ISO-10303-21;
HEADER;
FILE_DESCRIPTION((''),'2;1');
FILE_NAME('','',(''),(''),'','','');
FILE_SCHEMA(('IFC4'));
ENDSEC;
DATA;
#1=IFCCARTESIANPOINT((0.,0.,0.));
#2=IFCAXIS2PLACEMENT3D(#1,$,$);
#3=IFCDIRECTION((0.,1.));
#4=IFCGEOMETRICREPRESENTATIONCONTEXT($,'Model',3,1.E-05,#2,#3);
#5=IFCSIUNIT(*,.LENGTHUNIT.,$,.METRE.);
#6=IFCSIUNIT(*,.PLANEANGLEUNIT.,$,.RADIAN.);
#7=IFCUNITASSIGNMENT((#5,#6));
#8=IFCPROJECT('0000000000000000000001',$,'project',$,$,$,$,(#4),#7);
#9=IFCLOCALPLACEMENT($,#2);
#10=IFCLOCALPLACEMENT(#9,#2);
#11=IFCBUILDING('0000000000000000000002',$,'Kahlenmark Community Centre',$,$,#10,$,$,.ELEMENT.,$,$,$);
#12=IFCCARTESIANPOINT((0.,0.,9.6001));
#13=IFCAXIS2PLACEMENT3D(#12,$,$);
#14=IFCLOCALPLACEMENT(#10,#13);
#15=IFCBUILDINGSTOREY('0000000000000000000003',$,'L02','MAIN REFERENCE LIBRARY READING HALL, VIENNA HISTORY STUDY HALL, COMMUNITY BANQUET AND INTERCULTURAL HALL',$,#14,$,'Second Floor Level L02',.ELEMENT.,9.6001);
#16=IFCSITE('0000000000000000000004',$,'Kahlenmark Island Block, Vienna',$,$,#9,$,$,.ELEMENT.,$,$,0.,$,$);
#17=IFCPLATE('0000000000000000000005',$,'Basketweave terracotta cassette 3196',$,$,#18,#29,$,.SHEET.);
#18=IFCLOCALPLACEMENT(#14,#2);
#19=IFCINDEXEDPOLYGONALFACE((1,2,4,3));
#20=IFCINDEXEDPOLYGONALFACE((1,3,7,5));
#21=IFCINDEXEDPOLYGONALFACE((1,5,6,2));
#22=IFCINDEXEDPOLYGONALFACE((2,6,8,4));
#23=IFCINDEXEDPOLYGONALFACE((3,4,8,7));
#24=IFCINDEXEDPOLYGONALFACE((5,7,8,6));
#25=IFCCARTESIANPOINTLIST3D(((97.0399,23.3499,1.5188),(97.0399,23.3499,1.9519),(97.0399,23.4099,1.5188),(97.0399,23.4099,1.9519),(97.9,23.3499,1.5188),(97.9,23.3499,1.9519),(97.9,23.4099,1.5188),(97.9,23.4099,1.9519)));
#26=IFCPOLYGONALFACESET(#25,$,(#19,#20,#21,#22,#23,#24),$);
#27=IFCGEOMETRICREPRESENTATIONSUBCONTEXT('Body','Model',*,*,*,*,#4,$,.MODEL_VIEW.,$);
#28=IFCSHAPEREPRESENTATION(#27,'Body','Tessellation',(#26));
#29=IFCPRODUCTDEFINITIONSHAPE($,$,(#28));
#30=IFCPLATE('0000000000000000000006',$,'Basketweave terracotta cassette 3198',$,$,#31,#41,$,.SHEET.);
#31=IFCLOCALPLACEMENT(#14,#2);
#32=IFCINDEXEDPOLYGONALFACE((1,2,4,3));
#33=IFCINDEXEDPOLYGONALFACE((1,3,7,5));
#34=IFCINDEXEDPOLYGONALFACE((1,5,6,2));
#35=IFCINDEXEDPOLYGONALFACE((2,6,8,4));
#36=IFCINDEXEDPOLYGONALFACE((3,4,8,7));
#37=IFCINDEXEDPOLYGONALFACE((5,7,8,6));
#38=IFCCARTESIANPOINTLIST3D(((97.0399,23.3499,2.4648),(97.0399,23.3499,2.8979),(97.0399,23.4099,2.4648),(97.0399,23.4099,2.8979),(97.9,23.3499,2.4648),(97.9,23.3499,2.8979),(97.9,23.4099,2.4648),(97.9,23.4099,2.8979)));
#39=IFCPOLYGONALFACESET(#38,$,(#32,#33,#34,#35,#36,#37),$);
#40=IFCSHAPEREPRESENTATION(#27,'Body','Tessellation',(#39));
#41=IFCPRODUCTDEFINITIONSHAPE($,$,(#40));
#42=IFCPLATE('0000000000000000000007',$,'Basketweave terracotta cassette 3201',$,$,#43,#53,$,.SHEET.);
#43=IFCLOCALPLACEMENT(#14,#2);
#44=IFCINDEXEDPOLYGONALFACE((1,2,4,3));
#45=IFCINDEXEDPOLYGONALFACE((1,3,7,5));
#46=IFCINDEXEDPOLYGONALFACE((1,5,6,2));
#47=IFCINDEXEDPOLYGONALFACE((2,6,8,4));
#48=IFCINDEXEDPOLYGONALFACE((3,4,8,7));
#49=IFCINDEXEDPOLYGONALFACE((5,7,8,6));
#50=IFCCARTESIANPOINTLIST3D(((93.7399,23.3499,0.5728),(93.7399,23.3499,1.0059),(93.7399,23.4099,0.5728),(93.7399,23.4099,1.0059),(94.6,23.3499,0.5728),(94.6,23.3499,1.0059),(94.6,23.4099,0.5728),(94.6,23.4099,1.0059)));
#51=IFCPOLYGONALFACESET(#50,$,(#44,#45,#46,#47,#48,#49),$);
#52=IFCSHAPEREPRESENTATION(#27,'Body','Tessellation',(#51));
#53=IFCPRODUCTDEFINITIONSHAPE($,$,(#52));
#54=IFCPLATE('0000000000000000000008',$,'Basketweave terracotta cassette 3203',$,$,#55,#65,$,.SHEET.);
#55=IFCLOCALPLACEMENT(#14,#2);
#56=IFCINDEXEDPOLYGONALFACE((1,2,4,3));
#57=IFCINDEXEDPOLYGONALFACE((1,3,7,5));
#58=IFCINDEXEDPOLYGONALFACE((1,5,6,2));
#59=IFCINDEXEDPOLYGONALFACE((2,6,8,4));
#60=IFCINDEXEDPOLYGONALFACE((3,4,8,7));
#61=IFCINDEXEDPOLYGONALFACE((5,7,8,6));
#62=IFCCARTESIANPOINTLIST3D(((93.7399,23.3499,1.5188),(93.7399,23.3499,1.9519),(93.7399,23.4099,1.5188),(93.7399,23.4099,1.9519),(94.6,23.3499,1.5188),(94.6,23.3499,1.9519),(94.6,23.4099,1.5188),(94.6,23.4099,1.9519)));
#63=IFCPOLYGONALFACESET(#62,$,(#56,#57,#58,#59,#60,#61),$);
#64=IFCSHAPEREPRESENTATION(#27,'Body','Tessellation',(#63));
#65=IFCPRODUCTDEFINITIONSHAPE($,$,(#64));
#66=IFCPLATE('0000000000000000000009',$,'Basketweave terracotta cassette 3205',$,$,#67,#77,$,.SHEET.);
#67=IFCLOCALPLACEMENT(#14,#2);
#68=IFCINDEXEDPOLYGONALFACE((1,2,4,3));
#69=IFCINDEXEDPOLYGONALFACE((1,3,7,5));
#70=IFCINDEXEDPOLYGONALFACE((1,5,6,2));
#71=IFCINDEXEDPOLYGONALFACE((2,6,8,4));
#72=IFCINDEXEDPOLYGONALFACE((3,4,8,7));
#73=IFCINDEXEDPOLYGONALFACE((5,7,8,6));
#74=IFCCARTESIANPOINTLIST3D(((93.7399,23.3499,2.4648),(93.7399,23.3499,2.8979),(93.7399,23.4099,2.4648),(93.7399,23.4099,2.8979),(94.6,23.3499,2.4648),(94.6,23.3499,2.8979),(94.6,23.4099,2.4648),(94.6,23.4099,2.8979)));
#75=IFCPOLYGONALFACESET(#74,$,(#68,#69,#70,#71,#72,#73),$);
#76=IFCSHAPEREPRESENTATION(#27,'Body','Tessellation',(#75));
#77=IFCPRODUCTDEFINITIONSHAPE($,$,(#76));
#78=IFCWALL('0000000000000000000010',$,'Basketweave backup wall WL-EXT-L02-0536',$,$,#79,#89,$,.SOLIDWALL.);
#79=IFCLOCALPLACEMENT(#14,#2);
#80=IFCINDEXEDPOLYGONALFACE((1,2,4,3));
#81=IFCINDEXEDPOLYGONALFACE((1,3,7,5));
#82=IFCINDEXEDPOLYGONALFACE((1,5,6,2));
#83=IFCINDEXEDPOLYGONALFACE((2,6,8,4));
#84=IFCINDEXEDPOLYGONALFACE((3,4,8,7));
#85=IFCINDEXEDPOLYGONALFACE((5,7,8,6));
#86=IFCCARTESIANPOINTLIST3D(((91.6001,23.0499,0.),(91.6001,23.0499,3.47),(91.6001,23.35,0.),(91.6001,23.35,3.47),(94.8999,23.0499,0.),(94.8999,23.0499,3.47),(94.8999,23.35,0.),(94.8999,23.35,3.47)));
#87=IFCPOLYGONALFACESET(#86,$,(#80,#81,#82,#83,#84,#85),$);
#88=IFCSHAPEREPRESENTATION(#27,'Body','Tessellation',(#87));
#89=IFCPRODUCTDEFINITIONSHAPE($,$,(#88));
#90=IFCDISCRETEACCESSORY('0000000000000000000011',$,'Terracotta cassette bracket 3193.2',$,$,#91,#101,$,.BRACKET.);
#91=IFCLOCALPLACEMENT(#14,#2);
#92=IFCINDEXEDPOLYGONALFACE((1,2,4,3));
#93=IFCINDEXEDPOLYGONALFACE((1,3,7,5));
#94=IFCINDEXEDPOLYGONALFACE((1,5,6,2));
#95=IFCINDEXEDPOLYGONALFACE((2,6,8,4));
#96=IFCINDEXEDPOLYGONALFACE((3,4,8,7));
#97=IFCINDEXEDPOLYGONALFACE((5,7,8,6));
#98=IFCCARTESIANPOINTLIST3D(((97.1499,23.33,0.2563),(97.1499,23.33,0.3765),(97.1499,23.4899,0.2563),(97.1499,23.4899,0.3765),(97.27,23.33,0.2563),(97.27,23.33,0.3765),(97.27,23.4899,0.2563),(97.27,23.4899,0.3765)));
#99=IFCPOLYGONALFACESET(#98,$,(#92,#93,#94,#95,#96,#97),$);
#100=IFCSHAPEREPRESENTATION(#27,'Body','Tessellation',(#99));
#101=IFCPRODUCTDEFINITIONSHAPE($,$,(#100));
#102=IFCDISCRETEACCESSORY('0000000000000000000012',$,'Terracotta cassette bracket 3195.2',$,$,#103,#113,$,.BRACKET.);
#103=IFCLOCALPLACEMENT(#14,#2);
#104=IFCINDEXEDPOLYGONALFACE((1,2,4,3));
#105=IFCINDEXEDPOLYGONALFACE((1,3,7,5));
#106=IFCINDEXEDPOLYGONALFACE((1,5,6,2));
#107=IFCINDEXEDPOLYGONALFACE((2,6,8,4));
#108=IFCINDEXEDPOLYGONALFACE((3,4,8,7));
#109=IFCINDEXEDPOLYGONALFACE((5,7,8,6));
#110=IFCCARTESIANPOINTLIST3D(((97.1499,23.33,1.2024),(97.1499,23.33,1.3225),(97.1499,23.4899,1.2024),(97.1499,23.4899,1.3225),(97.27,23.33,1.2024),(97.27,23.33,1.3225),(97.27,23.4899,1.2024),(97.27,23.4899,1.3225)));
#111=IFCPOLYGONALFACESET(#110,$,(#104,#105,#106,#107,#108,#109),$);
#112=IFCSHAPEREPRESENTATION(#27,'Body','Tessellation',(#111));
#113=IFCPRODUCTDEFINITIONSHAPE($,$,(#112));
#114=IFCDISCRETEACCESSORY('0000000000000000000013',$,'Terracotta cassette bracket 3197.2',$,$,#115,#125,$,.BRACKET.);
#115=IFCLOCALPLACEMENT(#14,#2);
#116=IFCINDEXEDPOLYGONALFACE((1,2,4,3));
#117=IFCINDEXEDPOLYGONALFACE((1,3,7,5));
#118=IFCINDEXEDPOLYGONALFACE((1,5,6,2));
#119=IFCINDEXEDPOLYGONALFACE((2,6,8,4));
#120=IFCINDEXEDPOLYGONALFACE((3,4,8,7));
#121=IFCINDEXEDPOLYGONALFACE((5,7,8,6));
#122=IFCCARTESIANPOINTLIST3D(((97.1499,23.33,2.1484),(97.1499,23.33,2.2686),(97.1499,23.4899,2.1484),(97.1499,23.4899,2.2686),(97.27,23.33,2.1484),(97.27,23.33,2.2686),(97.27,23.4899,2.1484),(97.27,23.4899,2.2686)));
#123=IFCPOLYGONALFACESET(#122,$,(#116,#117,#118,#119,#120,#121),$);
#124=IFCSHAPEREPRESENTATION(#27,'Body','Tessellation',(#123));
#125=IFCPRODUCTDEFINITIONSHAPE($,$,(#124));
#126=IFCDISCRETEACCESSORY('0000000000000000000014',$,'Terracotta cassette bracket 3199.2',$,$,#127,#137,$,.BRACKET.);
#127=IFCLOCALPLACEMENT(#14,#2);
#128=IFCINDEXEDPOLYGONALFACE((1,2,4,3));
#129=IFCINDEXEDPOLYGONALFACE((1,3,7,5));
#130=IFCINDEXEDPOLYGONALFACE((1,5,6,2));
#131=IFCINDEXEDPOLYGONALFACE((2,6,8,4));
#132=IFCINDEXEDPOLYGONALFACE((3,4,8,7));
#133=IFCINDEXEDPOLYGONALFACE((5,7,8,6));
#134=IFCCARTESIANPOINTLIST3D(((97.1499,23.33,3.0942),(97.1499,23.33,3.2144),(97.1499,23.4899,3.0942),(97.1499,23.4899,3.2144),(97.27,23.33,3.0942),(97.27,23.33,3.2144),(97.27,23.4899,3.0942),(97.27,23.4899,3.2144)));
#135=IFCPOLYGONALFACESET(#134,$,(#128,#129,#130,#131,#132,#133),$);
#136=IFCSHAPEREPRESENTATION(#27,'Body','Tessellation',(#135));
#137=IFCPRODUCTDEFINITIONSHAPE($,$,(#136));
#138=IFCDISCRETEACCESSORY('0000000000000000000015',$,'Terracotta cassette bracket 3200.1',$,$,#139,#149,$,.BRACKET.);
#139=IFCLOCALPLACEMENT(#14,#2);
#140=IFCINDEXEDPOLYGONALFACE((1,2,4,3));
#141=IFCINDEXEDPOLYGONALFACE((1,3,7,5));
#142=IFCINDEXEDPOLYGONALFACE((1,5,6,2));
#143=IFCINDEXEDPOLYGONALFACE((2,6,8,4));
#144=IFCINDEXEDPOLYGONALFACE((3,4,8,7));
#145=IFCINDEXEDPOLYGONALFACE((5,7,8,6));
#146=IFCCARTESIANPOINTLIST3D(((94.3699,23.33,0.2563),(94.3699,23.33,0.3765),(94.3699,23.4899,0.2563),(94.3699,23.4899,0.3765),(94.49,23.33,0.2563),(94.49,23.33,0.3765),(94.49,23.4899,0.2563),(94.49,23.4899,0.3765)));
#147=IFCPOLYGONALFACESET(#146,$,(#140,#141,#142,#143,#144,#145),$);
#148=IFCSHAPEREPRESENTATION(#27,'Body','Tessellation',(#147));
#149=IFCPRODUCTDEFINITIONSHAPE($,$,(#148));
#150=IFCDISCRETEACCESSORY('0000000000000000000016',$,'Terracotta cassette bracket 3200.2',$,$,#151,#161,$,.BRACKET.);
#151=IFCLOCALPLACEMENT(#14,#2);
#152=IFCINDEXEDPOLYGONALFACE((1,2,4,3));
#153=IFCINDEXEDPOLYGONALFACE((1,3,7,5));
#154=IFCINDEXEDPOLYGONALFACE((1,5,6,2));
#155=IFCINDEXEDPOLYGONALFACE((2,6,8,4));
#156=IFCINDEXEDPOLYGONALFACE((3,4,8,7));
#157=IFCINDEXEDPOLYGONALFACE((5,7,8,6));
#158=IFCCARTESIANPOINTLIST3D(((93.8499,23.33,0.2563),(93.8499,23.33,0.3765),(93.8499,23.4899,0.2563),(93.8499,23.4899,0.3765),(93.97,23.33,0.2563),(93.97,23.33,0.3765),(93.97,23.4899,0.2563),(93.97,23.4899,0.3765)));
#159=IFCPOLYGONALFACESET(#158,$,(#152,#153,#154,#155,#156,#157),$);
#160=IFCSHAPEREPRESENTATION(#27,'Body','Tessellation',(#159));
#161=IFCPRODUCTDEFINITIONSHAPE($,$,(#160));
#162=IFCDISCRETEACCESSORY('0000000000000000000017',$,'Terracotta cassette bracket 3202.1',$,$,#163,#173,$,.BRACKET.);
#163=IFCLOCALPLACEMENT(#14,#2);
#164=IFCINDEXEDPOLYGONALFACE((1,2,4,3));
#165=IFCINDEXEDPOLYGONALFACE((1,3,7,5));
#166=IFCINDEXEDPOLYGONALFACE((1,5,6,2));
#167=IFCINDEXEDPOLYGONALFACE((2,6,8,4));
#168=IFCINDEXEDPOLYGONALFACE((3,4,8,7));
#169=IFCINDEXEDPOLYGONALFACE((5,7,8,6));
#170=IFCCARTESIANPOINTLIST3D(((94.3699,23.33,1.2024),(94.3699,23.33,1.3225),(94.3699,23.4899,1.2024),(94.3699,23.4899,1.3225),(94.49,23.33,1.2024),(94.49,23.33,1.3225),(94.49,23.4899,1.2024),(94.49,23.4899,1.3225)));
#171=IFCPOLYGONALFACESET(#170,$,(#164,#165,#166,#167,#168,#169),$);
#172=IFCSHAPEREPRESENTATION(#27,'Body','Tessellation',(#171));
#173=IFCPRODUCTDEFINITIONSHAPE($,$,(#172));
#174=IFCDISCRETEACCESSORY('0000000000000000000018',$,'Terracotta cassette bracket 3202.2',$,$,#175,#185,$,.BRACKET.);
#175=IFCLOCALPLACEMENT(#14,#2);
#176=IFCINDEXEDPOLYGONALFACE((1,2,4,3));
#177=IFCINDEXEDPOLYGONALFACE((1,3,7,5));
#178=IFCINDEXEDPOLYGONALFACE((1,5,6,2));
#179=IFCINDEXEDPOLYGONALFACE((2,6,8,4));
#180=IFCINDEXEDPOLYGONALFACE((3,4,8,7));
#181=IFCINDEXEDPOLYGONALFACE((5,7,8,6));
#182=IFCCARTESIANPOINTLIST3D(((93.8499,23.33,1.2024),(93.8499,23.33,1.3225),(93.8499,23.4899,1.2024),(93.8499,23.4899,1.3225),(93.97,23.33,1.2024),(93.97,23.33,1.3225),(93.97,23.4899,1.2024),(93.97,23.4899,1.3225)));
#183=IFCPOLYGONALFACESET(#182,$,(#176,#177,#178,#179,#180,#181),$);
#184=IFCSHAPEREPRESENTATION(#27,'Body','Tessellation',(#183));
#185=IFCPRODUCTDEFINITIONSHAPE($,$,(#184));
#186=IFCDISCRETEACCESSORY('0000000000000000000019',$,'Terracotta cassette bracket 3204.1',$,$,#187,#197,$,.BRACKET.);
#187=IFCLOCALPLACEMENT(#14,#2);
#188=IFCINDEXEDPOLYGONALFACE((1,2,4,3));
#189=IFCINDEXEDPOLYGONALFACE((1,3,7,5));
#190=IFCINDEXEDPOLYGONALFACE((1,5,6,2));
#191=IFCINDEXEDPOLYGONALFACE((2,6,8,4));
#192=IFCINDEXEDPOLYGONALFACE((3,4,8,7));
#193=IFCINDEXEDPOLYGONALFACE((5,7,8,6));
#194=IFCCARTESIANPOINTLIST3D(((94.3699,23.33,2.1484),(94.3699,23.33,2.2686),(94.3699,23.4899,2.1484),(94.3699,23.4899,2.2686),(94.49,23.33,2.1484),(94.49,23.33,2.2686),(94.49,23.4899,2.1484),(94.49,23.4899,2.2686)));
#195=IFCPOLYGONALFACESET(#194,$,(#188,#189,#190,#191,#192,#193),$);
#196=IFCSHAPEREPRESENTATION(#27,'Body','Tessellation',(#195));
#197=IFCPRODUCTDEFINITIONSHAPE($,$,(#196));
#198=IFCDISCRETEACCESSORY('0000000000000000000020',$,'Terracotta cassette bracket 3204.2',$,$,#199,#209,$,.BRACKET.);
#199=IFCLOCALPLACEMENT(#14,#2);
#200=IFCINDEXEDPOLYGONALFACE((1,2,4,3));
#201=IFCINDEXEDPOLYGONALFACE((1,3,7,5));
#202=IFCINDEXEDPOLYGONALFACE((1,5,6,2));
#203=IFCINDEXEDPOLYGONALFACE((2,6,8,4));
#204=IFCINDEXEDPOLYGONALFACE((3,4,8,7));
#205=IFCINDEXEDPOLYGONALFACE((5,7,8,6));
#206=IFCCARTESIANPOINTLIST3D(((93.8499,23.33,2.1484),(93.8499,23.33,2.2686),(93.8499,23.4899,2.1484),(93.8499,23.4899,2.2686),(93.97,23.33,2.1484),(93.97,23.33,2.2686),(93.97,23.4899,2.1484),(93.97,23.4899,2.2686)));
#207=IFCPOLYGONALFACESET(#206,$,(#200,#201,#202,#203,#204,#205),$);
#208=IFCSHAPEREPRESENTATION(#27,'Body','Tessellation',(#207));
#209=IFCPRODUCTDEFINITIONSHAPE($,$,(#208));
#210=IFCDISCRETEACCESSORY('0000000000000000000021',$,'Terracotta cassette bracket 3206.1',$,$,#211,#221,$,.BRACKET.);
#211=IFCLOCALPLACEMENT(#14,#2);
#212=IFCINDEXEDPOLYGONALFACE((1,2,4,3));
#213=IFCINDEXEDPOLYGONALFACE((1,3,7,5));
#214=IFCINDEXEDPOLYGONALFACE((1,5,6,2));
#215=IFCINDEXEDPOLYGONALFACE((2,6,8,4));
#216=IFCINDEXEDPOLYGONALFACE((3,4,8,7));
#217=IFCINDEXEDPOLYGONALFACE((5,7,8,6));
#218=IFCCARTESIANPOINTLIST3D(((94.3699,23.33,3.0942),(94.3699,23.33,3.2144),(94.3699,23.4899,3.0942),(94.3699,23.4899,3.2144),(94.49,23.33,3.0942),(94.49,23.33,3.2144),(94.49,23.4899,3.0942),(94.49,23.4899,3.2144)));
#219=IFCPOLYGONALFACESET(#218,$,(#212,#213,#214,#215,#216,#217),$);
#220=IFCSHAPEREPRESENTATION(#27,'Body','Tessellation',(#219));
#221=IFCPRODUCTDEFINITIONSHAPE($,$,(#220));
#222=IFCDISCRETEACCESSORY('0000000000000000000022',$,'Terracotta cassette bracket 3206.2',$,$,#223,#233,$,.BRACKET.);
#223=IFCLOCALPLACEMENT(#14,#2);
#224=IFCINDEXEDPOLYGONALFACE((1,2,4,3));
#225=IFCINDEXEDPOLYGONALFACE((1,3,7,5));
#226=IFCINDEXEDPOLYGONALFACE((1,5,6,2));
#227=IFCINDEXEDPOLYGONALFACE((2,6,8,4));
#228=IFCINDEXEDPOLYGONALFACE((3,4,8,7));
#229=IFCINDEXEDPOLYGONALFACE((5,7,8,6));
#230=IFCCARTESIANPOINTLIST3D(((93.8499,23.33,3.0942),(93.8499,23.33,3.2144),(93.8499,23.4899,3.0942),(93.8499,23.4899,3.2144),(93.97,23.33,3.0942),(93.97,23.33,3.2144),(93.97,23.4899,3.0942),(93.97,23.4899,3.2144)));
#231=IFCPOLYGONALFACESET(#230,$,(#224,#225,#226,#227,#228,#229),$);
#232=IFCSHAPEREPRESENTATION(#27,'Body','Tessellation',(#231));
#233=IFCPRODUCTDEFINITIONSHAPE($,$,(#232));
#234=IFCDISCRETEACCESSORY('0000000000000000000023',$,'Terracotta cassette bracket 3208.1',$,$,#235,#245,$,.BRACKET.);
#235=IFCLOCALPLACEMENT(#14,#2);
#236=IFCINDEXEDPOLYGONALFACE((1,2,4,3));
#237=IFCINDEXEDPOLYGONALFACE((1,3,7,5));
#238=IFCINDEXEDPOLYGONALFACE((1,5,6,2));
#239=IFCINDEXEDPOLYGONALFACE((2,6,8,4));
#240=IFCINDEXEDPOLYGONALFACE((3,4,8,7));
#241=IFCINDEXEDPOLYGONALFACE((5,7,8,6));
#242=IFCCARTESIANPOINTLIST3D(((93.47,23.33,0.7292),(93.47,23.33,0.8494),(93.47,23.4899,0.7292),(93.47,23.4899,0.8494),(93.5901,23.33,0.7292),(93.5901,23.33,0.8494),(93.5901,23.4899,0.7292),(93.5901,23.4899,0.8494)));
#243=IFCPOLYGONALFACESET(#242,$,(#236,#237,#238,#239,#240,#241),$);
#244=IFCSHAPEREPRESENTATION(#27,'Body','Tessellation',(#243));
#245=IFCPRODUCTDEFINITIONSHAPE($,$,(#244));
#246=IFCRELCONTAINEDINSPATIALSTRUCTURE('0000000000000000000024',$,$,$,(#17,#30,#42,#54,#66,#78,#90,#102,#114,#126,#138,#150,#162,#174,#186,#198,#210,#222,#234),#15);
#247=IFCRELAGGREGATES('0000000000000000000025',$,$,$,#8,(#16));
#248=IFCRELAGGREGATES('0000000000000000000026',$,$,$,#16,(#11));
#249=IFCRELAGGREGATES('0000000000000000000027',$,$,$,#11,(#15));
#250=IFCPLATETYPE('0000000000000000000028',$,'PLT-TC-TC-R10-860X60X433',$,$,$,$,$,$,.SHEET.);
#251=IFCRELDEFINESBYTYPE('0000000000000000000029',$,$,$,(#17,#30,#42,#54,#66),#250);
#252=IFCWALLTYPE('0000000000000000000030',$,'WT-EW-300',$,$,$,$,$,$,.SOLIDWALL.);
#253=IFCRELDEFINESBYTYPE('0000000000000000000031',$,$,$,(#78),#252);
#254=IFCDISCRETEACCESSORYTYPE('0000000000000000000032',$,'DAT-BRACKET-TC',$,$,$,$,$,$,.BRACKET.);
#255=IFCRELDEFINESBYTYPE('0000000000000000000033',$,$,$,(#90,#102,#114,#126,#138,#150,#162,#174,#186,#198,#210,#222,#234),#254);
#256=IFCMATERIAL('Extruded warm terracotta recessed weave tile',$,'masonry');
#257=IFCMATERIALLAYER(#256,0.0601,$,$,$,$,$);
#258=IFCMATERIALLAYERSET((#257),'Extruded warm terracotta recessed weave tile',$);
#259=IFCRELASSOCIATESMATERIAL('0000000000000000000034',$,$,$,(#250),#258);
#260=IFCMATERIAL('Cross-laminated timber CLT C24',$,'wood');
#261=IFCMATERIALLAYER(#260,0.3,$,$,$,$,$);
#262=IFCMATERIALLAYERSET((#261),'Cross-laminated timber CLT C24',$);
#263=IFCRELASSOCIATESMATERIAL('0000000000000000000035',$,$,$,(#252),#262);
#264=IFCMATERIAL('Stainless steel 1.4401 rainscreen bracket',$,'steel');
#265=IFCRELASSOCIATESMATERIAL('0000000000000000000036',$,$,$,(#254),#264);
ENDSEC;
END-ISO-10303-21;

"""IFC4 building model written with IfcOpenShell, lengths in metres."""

from ifc_helpers import new_model, si_unit, direction, frame, frame_2d, origin, origin_2d, place, context, subcontext, project, spatial, rectangle, extrude, material, layer, layer_set, type_object, element, save


model = new_model("IFC4")

# Units and contexts
model_context = context("Model", 3, precision=1e-05, world=origin(), true_north=direction((0.0, 1.0)))
body_context = subcontext(model_context, "Body", "Model", "MODEL_VIEW")
ifc_project = project(units=[si_unit("LENGTHUNIT", "METRE"), si_unit("PLANEANGLEUNIT", "RADIAN")], contexts=[model_context])

# Site, building, storey
site_placement = place(None, origin())
site = spatial("IfcSite", under=ifc_project, at=site_placement, Name="Kahlenmark Island Block, Vienna", CompositionType="ELEMENT", RefElevation=0.0)
building_placement = place(site_placement, origin())
building = spatial("IfcBuilding", under=site, at=building_placement, Name="Kahlenmark Community Centre", CompositionType="ELEMENT")
storey_placement = place(building_placement, frame((0.0, 0.0, 9.6001)))
storey = spatial("IfcBuildingStorey", under=building, at=storey_placement, Name="L02", Description="MAIN REFERENCE LIBRARY READING HALL, VIENNA HISTORY STUDY HALL, COMMUNITY BANQUET AND INTERCULTURAL HALL", LongName="Second Floor Level L02", CompositionType="ELEMENT", Elevation=9.6001)

# Plates
ifc_material_1 = material(Name="Extruded warm terracotta recessed weave tile", Category="masonry")
ifc_layer_1 = layer(ifc_material_1, 0.0601)
ifc_layer_set_1 = layer_set([ifc_layer_1], Name="Extruded warm terracotta recessed weave tile")
plate_type_1 = type_object("IfcPlateType", Name="PLT-TC-TC-R10-860X60X433", PredefinedType="SHEET", material=ifc_layer_set_1)
for number, where, z_axis, x_axis, name in (
    (1, (97.47, 23.3799, 1.5188), (0.0, 0.0, 1.0), (-1.0, 0.0, 0.0), "Basketweave terracotta cassette 3196"),
    (2, (97.47, 23.3799, 2.4648), (0.0, 0.0, 1.0), (-1.0, 0.0, 0.0), "Basketweave terracotta cassette 3198"),
    (3, (94.1699, 23.3799, 0.5728), (0.0, 0.0, 1.0), (-1.0, 0.0, 0.0), "Basketweave terracotta cassette 3201"),
    (4, (94.1699, 23.3799, 1.5188), (0.0, 0.0, 1.0), (-1.0, 0.0, 0.0), "Basketweave terracotta cassette 3203"),
    (5, (94.1699, 23.3799, 2.4648), (0.0, 0.0, 1.0), (-1.0, 0.0, 0.0), "Basketweave terracotta cassette 3205"),
):
    element("IfcPlate", number, at=place(storey_placement, frame(where, z_axis=z_axis, x_axis=x_axis)), inside=storey, type_object=plate_type_1, Name=name, PredefinedType="SHEET", context=body_context, shape_type="SweptSolid", body=[
        extrude(rectangle(XDim=0.8601, YDim=0.0601, at=origin_2d()), origin(), (0.0, 0.0, 1.0), 0.4331),
    ])

# Wall
ifc_material_2 = material(Name="Cross-laminated timber CLT C24", Category="wood")
ifc_layer_2 = layer(ifc_material_2, 0.3)
ifc_layer_set_2 = layer_set([ifc_layer_2], Name="Cross-laminated timber CLT C24")
wall_type = type_object("IfcWallType", Name="WT-EW-300", PredefinedType="SOLIDWALL", material=ifc_layer_set_2)
wall_placement = place(storey_placement, frame((94.8999, 23.2, 0.0), z_axis=(0.0, 0.0, 1.0), x_axis=(-1.0, 0.0, 0.0)))
element("IfcWall", 6, at=wall_placement, inside=storey, type_object=wall_type, Name="Basketweave backup wall WL-EXT-L02-0536", PredefinedType="SOLIDWALL", context=body_context, shape_type="SweptSolid", body=[
    extrude(rectangle(XDim=3.2998, YDim=0.3, at=frame_2d((1.6499, 0.0))), origin(), (0.0, 0.0, 1.0), 3.47),
])

# Discrete accessories
ifc_material_3 = material(Name="Stainless steel 1.4401 rainscreen bracket", Category="steel")
discrete_accessory_type = type_object("IfcDiscreteAccessoryType", Name="DAT-BRACKET-TC", PredefinedType="BRACKET", material=ifc_material_3)
for number, where, z_axis, x_axis, name in (
    (7, (97.21, 23.4099, 0.2563), (0.0, 0.0, 1.0), (-1.0, 0.0, 0.0), "Terracotta cassette bracket 3193.2"),
    (8, (97.21, 23.4099, 1.2024), (0.0, 0.0, 1.0), (-1.0, 0.0, 0.0), "Terracotta cassette bracket 3195.2"),
    (9, (97.21, 23.4099, 2.1484), (0.0, 0.0, 1.0), (-1.0, 0.0, 0.0), "Terracotta cassette bracket 3197.2"),
    (10, (97.21, 23.4099, 3.0942), (0.0, 0.0, 1.0), (-1.0, 0.0, 0.0), "Terracotta cassette bracket 3199.2"),
    (11, (94.4299, 23.4099, 0.2563), (0.0, 0.0, 1.0), (-1.0, 0.0, 0.0), "Terracotta cassette bracket 3200.1"),
    (12, (93.9099, 23.4099, 0.2563), (0.0, 0.0, 1.0), (-1.0, 0.0, 0.0), "Terracotta cassette bracket 3200.2"),
    (13, (94.4299, 23.4099, 1.2024), (0.0, 0.0, 1.0), (-1.0, 0.0, 0.0), "Terracotta cassette bracket 3202.1"),
    (14, (93.9099, 23.4099, 1.2024), (0.0, 0.0, 1.0), (-1.0, 0.0, 0.0), "Terracotta cassette bracket 3202.2"),
    (15, (94.4299, 23.4099, 2.1484), (0.0, 0.0, 1.0), (-1.0, 0.0, 0.0), "Terracotta cassette bracket 3204.1"),
    (16, (93.9099, 23.4099, 2.1484), (0.0, 0.0, 1.0), (-1.0, 0.0, 0.0), "Terracotta cassette bracket 3204.2"),
    (17, (94.4299, 23.4099, 3.0942), (0.0, 0.0, 1.0), (-1.0, 0.0, 0.0), "Terracotta cassette bracket 3206.1"),
    (18, (93.9099, 23.4099, 3.0942), (0.0, 0.0, 1.0), (-1.0, 0.0, 0.0), "Terracotta cassette bracket 3206.2"),
    (19, (93.53, 23.4099, 0.7292), (0.0, 0.0, 1.0), (-1.0, 0.0, 0.0), "Terracotta cassette bracket 3208.1"),
):
    element("IfcDiscreteAccessory", number, at=place(storey_placement, frame(where, z_axis=z_axis, x_axis=x_axis)), inside=storey, type_object=discrete_accessory_type, Name=name, PredefinedType="BRACKET", context=body_context, shape_type="SweptSolid", body=[
        extrude(rectangle(XDim=0.1201, YDim=0.1599, at=origin_2d()), origin(), (0.0, 0.0, 1.0), 0.1201),
    ])

save(model, "model.ifc")
